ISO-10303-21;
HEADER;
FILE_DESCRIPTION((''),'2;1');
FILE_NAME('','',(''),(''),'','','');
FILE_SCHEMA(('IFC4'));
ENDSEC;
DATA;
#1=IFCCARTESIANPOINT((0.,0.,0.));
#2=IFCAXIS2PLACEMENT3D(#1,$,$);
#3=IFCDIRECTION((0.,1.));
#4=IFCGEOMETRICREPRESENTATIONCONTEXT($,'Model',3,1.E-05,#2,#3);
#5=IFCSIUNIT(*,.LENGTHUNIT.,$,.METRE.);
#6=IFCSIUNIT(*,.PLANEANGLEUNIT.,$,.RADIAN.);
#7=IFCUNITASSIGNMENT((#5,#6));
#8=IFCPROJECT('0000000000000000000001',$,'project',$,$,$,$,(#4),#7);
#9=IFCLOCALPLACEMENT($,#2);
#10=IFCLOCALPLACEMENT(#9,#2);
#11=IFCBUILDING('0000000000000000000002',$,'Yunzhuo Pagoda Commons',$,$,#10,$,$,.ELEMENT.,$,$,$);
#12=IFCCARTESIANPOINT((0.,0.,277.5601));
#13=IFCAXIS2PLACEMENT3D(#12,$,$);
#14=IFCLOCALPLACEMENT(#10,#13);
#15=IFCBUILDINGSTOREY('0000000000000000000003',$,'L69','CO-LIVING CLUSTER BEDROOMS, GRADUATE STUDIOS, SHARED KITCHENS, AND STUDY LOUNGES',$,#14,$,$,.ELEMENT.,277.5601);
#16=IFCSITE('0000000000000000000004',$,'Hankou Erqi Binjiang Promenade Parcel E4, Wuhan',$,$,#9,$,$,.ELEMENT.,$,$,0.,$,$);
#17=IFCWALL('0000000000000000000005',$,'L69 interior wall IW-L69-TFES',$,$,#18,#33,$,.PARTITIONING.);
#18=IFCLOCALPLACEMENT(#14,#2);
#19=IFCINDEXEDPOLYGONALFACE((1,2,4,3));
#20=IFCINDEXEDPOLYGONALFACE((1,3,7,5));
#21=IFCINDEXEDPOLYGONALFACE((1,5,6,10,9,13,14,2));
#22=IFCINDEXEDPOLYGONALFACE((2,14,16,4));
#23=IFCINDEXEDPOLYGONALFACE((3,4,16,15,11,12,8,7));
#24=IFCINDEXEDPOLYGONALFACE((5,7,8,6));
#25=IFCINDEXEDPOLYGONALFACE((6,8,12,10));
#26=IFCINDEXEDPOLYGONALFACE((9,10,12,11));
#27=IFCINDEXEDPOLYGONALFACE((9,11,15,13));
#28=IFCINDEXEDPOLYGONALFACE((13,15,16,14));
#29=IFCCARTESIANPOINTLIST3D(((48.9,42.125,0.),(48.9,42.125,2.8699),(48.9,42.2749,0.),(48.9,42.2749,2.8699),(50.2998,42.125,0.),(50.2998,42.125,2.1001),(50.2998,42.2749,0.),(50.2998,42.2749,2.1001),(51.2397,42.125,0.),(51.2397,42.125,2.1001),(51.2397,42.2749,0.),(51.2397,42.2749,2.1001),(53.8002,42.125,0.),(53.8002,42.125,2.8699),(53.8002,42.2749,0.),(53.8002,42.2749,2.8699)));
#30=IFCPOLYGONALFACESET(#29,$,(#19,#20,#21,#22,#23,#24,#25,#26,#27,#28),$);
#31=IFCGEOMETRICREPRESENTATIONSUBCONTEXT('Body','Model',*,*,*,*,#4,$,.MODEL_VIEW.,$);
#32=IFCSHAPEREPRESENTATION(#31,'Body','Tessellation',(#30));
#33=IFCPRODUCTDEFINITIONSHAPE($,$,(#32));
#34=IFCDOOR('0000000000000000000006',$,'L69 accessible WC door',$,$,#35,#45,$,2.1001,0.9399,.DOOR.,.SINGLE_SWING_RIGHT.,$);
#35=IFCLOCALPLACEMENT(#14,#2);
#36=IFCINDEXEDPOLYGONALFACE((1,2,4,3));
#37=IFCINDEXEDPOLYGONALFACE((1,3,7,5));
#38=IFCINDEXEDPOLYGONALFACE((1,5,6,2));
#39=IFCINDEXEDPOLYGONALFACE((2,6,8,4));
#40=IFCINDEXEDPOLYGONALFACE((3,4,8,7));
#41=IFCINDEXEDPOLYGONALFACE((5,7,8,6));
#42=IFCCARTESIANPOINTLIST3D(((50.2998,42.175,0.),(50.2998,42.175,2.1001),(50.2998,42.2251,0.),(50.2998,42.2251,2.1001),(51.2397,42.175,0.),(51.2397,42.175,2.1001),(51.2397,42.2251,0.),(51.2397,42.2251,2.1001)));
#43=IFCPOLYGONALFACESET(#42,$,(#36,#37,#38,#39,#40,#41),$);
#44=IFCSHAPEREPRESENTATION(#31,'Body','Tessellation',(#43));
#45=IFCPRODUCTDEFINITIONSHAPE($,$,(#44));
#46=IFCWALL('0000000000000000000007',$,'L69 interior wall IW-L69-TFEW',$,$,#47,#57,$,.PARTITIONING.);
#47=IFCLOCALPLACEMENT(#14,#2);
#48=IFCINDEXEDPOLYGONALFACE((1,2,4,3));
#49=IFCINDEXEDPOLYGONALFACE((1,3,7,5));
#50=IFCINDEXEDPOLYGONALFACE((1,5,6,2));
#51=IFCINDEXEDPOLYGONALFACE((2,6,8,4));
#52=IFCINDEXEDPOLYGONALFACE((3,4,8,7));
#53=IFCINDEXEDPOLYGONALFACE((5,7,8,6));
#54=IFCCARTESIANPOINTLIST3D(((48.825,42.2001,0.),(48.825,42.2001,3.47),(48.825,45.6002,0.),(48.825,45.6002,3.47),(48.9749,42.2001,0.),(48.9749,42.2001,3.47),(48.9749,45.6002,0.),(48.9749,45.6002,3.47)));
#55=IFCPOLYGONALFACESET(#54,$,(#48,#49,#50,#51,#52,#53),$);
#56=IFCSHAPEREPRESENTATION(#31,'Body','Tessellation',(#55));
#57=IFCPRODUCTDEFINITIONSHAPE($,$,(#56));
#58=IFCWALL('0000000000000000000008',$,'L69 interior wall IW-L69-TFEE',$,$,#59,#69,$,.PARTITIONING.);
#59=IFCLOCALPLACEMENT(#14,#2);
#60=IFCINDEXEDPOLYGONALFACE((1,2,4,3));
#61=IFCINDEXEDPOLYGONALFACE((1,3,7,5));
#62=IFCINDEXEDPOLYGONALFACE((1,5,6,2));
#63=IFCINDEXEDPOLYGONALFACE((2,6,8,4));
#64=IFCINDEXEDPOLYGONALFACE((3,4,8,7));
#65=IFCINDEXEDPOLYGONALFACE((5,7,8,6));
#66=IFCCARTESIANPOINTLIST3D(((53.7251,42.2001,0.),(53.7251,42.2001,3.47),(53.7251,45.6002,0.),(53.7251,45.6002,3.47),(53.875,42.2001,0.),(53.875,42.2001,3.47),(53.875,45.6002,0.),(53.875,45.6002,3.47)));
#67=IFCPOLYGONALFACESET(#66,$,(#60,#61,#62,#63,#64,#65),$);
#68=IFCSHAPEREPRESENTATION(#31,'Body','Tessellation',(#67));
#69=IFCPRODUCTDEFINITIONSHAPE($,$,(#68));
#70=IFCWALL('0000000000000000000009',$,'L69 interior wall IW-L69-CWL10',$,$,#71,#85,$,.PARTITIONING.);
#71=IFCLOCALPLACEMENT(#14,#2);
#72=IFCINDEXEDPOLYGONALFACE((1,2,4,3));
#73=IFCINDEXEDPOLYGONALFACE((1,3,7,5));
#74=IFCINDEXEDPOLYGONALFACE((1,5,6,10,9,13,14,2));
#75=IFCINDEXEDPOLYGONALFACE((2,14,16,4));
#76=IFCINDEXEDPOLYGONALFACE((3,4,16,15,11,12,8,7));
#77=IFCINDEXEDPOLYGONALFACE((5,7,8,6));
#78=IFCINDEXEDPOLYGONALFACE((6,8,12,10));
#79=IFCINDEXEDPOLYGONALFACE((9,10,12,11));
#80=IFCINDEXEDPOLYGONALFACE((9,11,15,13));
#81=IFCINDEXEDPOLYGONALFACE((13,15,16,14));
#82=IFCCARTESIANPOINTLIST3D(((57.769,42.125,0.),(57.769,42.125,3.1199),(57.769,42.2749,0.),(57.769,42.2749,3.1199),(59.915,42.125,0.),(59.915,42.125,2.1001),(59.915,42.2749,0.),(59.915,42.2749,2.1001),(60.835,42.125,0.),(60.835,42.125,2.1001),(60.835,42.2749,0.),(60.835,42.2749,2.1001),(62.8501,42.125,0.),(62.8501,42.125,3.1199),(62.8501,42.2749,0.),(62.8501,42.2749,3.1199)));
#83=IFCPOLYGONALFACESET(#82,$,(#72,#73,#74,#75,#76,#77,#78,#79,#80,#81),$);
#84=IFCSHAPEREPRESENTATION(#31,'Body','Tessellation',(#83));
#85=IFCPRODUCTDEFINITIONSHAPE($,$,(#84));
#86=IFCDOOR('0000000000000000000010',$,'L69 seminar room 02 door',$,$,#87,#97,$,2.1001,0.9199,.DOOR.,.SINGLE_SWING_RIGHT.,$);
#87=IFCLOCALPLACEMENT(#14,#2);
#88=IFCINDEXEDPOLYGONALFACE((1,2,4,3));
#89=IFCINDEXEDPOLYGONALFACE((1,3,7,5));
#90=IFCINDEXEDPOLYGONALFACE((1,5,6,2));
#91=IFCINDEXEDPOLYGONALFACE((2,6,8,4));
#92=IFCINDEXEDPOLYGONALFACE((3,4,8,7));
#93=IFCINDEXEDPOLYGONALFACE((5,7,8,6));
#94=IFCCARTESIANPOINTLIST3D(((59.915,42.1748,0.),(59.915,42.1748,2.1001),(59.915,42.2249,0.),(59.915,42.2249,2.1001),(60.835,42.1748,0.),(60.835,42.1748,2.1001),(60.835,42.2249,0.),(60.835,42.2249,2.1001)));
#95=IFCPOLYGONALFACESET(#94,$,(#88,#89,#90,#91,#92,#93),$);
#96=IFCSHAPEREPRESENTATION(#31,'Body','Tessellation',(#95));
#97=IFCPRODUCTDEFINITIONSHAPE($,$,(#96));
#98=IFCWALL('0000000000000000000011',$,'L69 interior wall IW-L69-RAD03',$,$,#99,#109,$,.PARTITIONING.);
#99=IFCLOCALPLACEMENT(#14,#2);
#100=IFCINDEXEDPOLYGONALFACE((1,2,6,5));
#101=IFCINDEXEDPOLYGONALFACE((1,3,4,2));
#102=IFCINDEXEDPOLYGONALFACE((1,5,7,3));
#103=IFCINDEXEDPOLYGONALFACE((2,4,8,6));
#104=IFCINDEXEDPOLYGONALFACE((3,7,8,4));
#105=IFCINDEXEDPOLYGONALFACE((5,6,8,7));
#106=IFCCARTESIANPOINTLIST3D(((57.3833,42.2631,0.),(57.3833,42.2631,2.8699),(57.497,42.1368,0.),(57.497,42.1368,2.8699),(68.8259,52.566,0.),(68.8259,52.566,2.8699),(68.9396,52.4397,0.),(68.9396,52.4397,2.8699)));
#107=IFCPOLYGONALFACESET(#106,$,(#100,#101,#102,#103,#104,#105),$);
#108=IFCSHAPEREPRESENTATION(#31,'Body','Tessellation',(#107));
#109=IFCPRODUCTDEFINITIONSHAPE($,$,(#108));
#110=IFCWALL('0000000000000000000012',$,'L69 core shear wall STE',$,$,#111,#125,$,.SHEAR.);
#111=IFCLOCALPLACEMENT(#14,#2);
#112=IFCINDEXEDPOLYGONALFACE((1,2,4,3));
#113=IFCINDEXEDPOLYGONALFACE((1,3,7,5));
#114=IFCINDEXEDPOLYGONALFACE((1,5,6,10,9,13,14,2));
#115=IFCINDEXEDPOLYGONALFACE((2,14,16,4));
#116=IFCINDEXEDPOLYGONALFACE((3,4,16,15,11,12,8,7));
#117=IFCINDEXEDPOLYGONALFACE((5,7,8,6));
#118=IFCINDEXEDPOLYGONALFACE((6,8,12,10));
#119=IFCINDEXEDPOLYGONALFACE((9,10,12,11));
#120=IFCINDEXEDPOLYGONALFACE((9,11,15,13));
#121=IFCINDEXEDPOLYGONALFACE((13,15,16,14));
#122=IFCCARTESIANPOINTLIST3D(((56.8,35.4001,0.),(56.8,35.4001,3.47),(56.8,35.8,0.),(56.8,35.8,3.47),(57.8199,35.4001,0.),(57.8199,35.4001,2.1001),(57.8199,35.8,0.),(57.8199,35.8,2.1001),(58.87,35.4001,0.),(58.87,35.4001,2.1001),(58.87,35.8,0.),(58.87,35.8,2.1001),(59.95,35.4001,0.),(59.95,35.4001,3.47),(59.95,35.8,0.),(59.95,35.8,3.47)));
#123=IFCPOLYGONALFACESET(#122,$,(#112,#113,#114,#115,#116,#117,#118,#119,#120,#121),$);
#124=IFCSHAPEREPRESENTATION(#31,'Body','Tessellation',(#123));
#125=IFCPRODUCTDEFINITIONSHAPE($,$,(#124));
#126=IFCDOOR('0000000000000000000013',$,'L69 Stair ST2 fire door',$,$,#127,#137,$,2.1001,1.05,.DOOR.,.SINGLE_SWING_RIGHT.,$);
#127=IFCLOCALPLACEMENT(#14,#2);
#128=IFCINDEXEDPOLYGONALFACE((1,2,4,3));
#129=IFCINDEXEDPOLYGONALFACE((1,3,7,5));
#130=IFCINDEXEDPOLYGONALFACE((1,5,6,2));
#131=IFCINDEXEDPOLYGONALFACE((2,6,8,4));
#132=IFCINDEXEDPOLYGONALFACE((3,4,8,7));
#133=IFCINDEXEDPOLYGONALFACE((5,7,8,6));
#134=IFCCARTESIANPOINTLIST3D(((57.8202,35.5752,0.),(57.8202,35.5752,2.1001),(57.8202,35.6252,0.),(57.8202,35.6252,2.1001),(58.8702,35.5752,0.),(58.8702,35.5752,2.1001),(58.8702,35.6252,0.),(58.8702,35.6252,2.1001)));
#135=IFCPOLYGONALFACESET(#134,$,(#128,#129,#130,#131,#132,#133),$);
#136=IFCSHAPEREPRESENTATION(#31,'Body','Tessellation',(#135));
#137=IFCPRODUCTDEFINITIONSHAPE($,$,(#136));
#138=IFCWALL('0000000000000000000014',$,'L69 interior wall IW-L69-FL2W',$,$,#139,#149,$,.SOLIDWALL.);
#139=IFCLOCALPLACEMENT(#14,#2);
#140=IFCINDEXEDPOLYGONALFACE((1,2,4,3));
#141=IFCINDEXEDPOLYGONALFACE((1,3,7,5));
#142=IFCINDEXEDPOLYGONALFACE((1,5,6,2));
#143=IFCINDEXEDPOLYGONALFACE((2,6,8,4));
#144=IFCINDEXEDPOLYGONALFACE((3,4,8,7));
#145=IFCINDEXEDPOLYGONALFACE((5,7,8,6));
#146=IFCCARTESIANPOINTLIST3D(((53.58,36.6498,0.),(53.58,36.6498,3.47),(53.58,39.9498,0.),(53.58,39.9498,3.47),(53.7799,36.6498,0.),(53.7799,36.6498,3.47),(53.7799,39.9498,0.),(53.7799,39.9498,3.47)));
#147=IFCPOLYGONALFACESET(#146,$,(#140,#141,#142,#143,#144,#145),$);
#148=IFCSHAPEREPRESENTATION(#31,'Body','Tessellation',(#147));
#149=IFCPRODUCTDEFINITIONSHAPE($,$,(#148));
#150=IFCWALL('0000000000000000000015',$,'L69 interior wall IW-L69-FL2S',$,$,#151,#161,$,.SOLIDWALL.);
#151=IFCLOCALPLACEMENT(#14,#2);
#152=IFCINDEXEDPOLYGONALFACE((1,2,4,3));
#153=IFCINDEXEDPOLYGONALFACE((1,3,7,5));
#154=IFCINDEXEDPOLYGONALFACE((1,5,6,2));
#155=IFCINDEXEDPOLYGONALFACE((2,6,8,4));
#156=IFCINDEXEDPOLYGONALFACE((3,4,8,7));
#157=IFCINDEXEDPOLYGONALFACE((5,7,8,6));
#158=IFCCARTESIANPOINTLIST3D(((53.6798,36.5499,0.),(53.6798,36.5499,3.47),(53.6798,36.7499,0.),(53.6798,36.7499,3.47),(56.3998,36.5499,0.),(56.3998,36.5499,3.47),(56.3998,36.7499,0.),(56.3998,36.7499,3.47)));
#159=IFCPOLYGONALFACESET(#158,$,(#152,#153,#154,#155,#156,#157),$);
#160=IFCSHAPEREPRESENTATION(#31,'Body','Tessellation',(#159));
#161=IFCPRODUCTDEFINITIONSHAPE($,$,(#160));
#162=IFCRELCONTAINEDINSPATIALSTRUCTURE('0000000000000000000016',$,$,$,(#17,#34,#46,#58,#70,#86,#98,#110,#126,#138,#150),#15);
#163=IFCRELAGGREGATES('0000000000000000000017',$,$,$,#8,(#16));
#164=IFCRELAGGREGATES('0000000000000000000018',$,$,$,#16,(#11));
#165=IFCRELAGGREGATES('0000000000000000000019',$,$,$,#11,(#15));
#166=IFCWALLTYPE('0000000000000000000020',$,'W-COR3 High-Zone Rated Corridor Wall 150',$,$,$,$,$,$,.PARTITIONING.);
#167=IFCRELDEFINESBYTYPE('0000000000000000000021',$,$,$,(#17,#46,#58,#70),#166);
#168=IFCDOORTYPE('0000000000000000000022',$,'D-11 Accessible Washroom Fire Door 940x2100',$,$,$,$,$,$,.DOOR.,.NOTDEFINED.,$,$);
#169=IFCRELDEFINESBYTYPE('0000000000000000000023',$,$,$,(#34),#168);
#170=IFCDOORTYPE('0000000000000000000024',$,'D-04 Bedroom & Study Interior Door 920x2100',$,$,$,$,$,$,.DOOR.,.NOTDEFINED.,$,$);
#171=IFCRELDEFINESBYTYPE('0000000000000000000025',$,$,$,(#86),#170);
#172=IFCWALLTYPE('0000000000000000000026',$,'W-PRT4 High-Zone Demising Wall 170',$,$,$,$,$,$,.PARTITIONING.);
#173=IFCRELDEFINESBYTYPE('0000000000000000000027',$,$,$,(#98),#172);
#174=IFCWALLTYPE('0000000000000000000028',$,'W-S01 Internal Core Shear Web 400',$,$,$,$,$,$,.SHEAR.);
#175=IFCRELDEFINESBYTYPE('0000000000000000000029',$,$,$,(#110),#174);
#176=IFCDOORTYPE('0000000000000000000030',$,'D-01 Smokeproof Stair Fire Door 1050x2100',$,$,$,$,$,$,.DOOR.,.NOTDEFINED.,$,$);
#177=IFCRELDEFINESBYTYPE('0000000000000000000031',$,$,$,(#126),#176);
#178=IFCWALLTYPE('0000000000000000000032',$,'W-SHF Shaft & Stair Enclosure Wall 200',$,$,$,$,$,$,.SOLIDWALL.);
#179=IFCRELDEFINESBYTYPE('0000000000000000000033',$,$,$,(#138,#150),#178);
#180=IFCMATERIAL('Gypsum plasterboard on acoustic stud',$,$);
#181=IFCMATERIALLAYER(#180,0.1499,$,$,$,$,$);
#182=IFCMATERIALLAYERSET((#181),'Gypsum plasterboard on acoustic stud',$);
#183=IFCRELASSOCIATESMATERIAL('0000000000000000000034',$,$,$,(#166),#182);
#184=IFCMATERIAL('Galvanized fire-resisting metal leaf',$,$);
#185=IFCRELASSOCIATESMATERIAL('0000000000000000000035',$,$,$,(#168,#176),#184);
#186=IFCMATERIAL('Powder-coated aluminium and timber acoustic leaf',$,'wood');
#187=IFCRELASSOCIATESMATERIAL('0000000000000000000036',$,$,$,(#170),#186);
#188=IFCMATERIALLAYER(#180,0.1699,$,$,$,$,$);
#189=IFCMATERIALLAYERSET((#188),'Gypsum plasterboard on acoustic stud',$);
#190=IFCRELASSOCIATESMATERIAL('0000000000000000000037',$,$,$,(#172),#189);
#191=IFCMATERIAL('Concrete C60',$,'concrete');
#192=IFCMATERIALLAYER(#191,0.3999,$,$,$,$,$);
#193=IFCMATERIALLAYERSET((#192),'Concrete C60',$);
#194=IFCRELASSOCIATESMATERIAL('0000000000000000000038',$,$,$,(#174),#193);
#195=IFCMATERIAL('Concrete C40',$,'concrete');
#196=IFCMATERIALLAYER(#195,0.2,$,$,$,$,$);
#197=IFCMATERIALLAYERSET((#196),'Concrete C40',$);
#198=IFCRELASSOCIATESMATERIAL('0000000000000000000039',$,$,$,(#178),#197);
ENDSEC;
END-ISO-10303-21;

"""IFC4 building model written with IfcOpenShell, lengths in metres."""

from ifc_helpers import new_model, si_unit, direction, frame, frame_2d, origin, origin_with_axes, place, context, subcontext, project, spatial, rectangle, extrude, source, transform, mapped, material, layer, layer_set, type_object, element, fill, save


model = new_model("IFC4")

# Units and contexts
model_context = context("Model", 3, precision=1e-05, world=origin(), true_north=direction((0.0, 1.0)))
body_context = subcontext(model_context, "Body", "Model", "MODEL_VIEW")
ifc_project = project(units=[si_unit("LENGTHUNIT", "METRE"), si_unit("PLANEANGLEUNIT", "RADIAN")], contexts=[model_context])

# Site, building, storey
site_placement = place(None, origin())
site = spatial("IfcSite", under=ifc_project, at=site_placement, Name="Hankou Erqi Binjiang Promenade Parcel E4, Wuhan", CompositionType="ELEMENT", RefElevation=0.0)
building_placement = place(site_placement, origin())
building = spatial("IfcBuilding", under=site, at=building_placement, Name="Yunzhuo Pagoda Commons", CompositionType="ELEMENT")
storey_placement = place(building_placement, frame((0.0, 0.0, 277.5601)))
storey = spatial("IfcBuildingStorey", under=building, at=storey_placement, Name="L69", Description="CO-LIVING CLUSTER BEDROOMS, GRADUATE STUDIOS, SHARED KITCHENS, AND STUDY LOUNGES", CompositionType="ELEMENT", Elevation=277.5601)

# Shared definitions
ifc_material_1 = material(Name="Galvanized fire-resisting metal leaf")
shared_shape_1 = source(origin(), body_context, "Body", "SweptSolid", [
    extrude(rectangle(XDim=1.05, YDim=2.1001, at=frame_2d((0.5249, 1.05))), frame((0.0, 0.0249, 0.0), z_axis=(0.0, -1.0, 0.0), x_axis=(1.0, 0.0, 0.0)), (0.0, 0.0, 1.0), 0.05),
])

# Shared definitions
ifc_material_2 = material(Name="Gypsum plasterboard on acoustic stud")
ifc_layer_1 = layer(ifc_material_2, 0.1499)
ifc_layer_set_1 = layer_set([ifc_layer_1], Name="Gypsum plasterboard on acoustic stud")
wall_type_1 = type_object("IfcWallType", Name="W-COR3 High-Zone Rated Corridor Wall 150", PredefinedType="PARTITIONING", material=ifc_layer_set_1)

# Wall, opening, door
wall_1_placement = place(storey_placement, frame((48.8999, 42.2, 0.0), z_axis=(0.0, 0.0, 1.0), x_axis=(1.0, 0.0, 0.0)))
wall_1 = element("IfcWall", 1, at=wall_1_placement, inside=storey, type_object=wall_type_1, Name="L69 interior wall IW-L69-TFES", PredefinedType="PARTITIONING", context=body_context, shape_type="SweptSolid", body=[
    extrude(rectangle(XDim=4.9001, YDim=0.1499, at=frame_2d((2.4502, 0.0))), origin(), (0.0, 0.0, 1.0), 2.8699),
])
opening_1_placement = place(wall_1_placement, frame((1.3999, 0.0, 0.0)))
opening_1 = element("IfcOpeningElement", 2, at=opening_1_placement, cuts=wall_1, PredefinedType="OPENING", context=body_context, shape_type="SweptSolid", body=[
    extrude(rectangle(XDim=0.9399, YDim=2.1001, at=frame_2d((0.47, 1.05))), frame((0.0, 0.085, 0.0), z_axis=(0.0, -1.0, 0.0), x_axis=(1.0, 0.0, 0.0)), (0.0, 0.0, 1.0), 0.1699),
])
door_type_1 = type_object("IfcDoorType", Name="D-11 Accessible Washroom Fire Door 940x2100", OperationType="NOTDEFINED", PredefinedType="DOOR", material=ifc_material_1)
shared_shape_2 = source(origin(), body_context, "Body", "SweptSolid", [
    extrude(rectangle(XDim=0.9399, YDim=2.1001, at=frame_2d((0.47, 1.05))), frame((0.0, 0.0249, 0.0), z_axis=(0.0, -1.0, 0.0), x_axis=(1.0, 0.0, 0.0)), (0.0, 0.0, 1.0), 0.05),
])
door_1_placement = place(opening_1_placement, frame((0.9399, 0.0, 0.0), z_axis=(0.0, 0.0, 1.0), x_axis=(-1.0, 0.0, 0.0)))
door_1 = element("IfcDoor", 3, at=door_1_placement, inside=storey, type_object=door_type_1, Name="L69 accessible WC door", OperationType="SINGLE_SWING_RIGHT", OverallHeight=2.1001, OverallWidth=0.9399, PredefinedType="DOOR", context=body_context, shape_type="MappedRepresentation", body=[
    mapped(shared_shape_2, transform((0.0, 0.0, 0.0), scale=1.0)),
])
fill(opening_1, door_1)

# Walls
for number, where, z_axis, x_axis, name in (
    (4, (48.8999, 42.2, 0.0), (0.0, 0.0, 1.0), (0.0, 1.0, 0.0), "L69 interior wall IW-L69-TFEW"),
    (5, (53.8, 42.2, 0.0), (0.0, 0.0, 1.0), (0.0, 1.0, 0.0), "L69 interior wall IW-L69-TFEE"),
):
    element("IfcWall", number, at=place(storey_placement, frame(where, z_axis=z_axis, x_axis=x_axis)), inside=storey, type_object=wall_type_1, Name=name, PredefinedType="PARTITIONING", context=body_context, shape_type="SweptSolid", body=[
        extrude(rectangle(XDim=3.4001, YDim=0.1499, at=frame_2d((1.7002, 0.0))), origin(), (0.0, 0.0, 1.0), 3.47),
    ])

# Wall, opening, door
wall_2_placement = place(storey_placement, frame((57.769, 42.2, 0.0), z_axis=(0.0, 0.0, 1.0), x_axis=(1.0, 0.0, 0.0)))
wall_2 = element("IfcWall", 6, at=wall_2_placement, inside=storey, type_object=wall_type_1, Name="L69 interior wall IW-L69-CWL10", PredefinedType="PARTITIONING", context=body_context, shape_type="SweptSolid", body=[
    extrude(rectangle(XDim=5.0811, YDim=0.1499, at=frame_2d((2.5405, 0.0))), origin(), (0.0, 0.0, 1.0), 3.1199),
])
opening_2_placement = place(wall_2_placement, frame((2.146, 0.0, 0.0)))
opening_2 = element("IfcOpeningElement", 7, at=opening_2_placement, cuts=wall_2, PredefinedType="OPENING", context=body_context, shape_type="SweptSolid", body=[
    extrude(rectangle(XDim=0.9199, YDim=2.1001, at=frame_2d((0.46, 1.05))), frame((0.0, 0.085, 0.0), z_axis=(0.0, -1.0, 0.0), x_axis=(1.0, 0.0, 0.0)), (0.0, 0.0, 1.0), 0.1699),
])
ifc_material_3 = material(Name="Powder-coated aluminium and timber acoustic leaf", Category="wood")
door_type_2 = type_object("IfcDoorType", Name="D-04 Bedroom & Study Interior Door 920x2100", OperationType="NOTDEFINED", PredefinedType="DOOR", material=ifc_material_3)
shared_shape_3 = source(origin(), body_context, "Body", "SweptSolid", [
    extrude(rectangle(XDim=0.9199, YDim=2.1001, at=frame_2d((0.46, 1.05))), frame((0.0, 0.0249, 0.0), z_axis=(0.0, -1.0, 0.0), x_axis=(1.0, 0.0, 0.0)), (0.0, 0.0, 1.0), 0.05),
])
door_2_placement = place(opening_2_placement, origin_with_axes())
door_2 = element("IfcDoor", 8, at=door_2_placement, inside=storey, type_object=door_type_2, Name="L69 seminar room 02 door", OperationType="SINGLE_SWING_RIGHT", OverallHeight=2.1001, OverallWidth=0.9199, PredefinedType="DOOR", context=body_context, shape_type="MappedRepresentation", body=[
    mapped(shared_shape_3, transform((0.0, 0.0, 0.0), scale=1.0)),
])
fill(opening_2, door_2)

# Wall
ifc_layer_2 = layer(ifc_material_2, 0.1699)
ifc_layer_set_2 = layer_set([ifc_layer_2], Name="Gypsum plasterboard on acoustic stud")
wall_type_2 = type_object("IfcWallType", Name="W-PRT4 High-Zone Demising Wall 170", PredefinedType="PARTITIONING", material=ifc_layer_set_2)
wall_3_placement = place(storey_placement, frame((57.4402, 42.2, 0.0), z_axis=(0.0, 0.0, 1.0), x_axis=(0.743145, 0.66913, 0.0)))
element("IfcWall", 9, at=wall_3_placement, inside=storey, type_object=wall_type_2, Name="L69 interior wall IW-L69-RAD03", PredefinedType="PARTITIONING", context=body_context, shape_type="SweptSolid", body=[
    extrude(rectangle(XDim=15.3975, YDim=0.1699, at=frame_2d((7.6987, 0.0))), origin(), (0.0, 0.0, 1.0), 2.8699),
])

# Wall, opening, door
ifc_material_4 = material(Name="Concrete C60", Category="concrete")
ifc_layer_3 = layer(ifc_material_4, 0.3999)
ifc_layer_set_3 = layer_set([ifc_layer_3], Name="Concrete C60")
wall_type_3 = type_object("IfcWallType", Name="W-S01 Internal Core Shear Web 400", PredefinedType="SHEAR", material=ifc_layer_set_3)
wall_4_placement = place(storey_placement, frame((56.8, 35.6001, 0.0), z_axis=(0.0, 0.0, 1.0), x_axis=(1.0, 0.0, 0.0)))
wall_4 = element("IfcWall", 10, at=wall_4_placement, inside=storey, type_object=wall_type_3, Name="L69 core shear wall STE", PredefinedType="SHEAR", context=body_context, shape_type="SweptSolid", body=[
    extrude(rectangle(XDim=3.1499, YDim=0.3999, at=frame_2d((1.575, 0.0))), origin(), (0.0, 0.0, 1.0), 3.47),
])
opening_3_placement = place(wall_4_placement, frame((1.02, 0.0, 0.0)))
opening_3 = element("IfcOpeningElement", 11, at=opening_3_placement, cuts=wall_4, PredefinedType="OPENING", context=body_context, shape_type="SweptSolid", body=[
    extrude(rectangle(XDim=1.05, YDim=2.1001, at=frame_2d((0.5249, 1.05))), frame((0.0, 0.21, 0.0), z_axis=(0.0, -1.0, 0.0), x_axis=(1.0, 0.0, 0.0)), (0.0, 0.0, 1.0), 0.4199),
])
door_type_3 = type_object("IfcDoorType", Name="D-01 Smokeproof Stair Fire Door 1050x2100", OperationType="NOTDEFINED", PredefinedType="DOOR", material=ifc_material_1)
door_3_placement = place(opening_3_placement, frame((1.05, 0.0, 0.0), z_axis=(0.0, 0.0, 1.0), x_axis=(-1.0, 0.0, 0.0)))
door_3 = element("IfcDoor", 12, at=door_3_placement, inside=storey, type_object=door_type_3, Name="L69 Stair ST2 fire door", OperationType="SINGLE_SWING_RIGHT", OverallHeight=2.1001, OverallWidth=1.05, PredefinedType="DOOR", context=body_context, shape_type="MappedRepresentation", body=[
    mapped(shared_shape_1, transform((0.0, 0.0, 0.0), scale=1.0)),
])
fill(opening_3, door_3)

# Walls
ifc_material_5 = material(Name="Concrete C40", Category="concrete")
ifc_layer_4 = layer(ifc_material_5, 0.2)
ifc_layer_set_4 = layer_set([ifc_layer_4], Name="Concrete C40")
wall_type_4 = type_object("IfcWallType", Name="W-SHF Shaft & Stair Enclosure Wall 200", PredefinedType="SOLIDWALL", material=ifc_layer_set_4)
wall_5_placement = place(storey_placement, frame((53.6799, 36.6499, 0.0), z_axis=(0.0, 0.0, 1.0), x_axis=(0.0, 1.0, 0.0)))
element("IfcWall", 13, at=wall_5_placement, inside=storey, type_object=wall_type_4, Name="L69 interior wall IW-L69-FL2W", PredefinedType="SOLIDWALL", context=body_context, shape_type="SweptSolid", body=[
    extrude(rectangle(XDim=3.3, YDim=0.2, at=frame_2d((1.6499, 0.0))), origin(), (0.0, 0.0, 1.0), 3.47),
])
wall_6_placement = place(storey_placement, frame((53.6799, 36.6499, 0.0), z_axis=(0.0, 0.0, 1.0), x_axis=(1.0, 0.0, 0.0)))
element("IfcWall", 14, at=wall_6_placement, inside=storey, type_object=wall_type_4, Name="L69 interior wall IW-L69-FL2S", PredefinedType="SOLIDWALL", context=body_context, shape_type="SweptSolid", body=[
    extrude(rectangle(XDim=2.72, YDim=0.2, at=frame_2d((1.3599, 0.0))), origin(), (0.0, 0.0, 1.0), 3.47),
])

save(model, "model.ifc")
